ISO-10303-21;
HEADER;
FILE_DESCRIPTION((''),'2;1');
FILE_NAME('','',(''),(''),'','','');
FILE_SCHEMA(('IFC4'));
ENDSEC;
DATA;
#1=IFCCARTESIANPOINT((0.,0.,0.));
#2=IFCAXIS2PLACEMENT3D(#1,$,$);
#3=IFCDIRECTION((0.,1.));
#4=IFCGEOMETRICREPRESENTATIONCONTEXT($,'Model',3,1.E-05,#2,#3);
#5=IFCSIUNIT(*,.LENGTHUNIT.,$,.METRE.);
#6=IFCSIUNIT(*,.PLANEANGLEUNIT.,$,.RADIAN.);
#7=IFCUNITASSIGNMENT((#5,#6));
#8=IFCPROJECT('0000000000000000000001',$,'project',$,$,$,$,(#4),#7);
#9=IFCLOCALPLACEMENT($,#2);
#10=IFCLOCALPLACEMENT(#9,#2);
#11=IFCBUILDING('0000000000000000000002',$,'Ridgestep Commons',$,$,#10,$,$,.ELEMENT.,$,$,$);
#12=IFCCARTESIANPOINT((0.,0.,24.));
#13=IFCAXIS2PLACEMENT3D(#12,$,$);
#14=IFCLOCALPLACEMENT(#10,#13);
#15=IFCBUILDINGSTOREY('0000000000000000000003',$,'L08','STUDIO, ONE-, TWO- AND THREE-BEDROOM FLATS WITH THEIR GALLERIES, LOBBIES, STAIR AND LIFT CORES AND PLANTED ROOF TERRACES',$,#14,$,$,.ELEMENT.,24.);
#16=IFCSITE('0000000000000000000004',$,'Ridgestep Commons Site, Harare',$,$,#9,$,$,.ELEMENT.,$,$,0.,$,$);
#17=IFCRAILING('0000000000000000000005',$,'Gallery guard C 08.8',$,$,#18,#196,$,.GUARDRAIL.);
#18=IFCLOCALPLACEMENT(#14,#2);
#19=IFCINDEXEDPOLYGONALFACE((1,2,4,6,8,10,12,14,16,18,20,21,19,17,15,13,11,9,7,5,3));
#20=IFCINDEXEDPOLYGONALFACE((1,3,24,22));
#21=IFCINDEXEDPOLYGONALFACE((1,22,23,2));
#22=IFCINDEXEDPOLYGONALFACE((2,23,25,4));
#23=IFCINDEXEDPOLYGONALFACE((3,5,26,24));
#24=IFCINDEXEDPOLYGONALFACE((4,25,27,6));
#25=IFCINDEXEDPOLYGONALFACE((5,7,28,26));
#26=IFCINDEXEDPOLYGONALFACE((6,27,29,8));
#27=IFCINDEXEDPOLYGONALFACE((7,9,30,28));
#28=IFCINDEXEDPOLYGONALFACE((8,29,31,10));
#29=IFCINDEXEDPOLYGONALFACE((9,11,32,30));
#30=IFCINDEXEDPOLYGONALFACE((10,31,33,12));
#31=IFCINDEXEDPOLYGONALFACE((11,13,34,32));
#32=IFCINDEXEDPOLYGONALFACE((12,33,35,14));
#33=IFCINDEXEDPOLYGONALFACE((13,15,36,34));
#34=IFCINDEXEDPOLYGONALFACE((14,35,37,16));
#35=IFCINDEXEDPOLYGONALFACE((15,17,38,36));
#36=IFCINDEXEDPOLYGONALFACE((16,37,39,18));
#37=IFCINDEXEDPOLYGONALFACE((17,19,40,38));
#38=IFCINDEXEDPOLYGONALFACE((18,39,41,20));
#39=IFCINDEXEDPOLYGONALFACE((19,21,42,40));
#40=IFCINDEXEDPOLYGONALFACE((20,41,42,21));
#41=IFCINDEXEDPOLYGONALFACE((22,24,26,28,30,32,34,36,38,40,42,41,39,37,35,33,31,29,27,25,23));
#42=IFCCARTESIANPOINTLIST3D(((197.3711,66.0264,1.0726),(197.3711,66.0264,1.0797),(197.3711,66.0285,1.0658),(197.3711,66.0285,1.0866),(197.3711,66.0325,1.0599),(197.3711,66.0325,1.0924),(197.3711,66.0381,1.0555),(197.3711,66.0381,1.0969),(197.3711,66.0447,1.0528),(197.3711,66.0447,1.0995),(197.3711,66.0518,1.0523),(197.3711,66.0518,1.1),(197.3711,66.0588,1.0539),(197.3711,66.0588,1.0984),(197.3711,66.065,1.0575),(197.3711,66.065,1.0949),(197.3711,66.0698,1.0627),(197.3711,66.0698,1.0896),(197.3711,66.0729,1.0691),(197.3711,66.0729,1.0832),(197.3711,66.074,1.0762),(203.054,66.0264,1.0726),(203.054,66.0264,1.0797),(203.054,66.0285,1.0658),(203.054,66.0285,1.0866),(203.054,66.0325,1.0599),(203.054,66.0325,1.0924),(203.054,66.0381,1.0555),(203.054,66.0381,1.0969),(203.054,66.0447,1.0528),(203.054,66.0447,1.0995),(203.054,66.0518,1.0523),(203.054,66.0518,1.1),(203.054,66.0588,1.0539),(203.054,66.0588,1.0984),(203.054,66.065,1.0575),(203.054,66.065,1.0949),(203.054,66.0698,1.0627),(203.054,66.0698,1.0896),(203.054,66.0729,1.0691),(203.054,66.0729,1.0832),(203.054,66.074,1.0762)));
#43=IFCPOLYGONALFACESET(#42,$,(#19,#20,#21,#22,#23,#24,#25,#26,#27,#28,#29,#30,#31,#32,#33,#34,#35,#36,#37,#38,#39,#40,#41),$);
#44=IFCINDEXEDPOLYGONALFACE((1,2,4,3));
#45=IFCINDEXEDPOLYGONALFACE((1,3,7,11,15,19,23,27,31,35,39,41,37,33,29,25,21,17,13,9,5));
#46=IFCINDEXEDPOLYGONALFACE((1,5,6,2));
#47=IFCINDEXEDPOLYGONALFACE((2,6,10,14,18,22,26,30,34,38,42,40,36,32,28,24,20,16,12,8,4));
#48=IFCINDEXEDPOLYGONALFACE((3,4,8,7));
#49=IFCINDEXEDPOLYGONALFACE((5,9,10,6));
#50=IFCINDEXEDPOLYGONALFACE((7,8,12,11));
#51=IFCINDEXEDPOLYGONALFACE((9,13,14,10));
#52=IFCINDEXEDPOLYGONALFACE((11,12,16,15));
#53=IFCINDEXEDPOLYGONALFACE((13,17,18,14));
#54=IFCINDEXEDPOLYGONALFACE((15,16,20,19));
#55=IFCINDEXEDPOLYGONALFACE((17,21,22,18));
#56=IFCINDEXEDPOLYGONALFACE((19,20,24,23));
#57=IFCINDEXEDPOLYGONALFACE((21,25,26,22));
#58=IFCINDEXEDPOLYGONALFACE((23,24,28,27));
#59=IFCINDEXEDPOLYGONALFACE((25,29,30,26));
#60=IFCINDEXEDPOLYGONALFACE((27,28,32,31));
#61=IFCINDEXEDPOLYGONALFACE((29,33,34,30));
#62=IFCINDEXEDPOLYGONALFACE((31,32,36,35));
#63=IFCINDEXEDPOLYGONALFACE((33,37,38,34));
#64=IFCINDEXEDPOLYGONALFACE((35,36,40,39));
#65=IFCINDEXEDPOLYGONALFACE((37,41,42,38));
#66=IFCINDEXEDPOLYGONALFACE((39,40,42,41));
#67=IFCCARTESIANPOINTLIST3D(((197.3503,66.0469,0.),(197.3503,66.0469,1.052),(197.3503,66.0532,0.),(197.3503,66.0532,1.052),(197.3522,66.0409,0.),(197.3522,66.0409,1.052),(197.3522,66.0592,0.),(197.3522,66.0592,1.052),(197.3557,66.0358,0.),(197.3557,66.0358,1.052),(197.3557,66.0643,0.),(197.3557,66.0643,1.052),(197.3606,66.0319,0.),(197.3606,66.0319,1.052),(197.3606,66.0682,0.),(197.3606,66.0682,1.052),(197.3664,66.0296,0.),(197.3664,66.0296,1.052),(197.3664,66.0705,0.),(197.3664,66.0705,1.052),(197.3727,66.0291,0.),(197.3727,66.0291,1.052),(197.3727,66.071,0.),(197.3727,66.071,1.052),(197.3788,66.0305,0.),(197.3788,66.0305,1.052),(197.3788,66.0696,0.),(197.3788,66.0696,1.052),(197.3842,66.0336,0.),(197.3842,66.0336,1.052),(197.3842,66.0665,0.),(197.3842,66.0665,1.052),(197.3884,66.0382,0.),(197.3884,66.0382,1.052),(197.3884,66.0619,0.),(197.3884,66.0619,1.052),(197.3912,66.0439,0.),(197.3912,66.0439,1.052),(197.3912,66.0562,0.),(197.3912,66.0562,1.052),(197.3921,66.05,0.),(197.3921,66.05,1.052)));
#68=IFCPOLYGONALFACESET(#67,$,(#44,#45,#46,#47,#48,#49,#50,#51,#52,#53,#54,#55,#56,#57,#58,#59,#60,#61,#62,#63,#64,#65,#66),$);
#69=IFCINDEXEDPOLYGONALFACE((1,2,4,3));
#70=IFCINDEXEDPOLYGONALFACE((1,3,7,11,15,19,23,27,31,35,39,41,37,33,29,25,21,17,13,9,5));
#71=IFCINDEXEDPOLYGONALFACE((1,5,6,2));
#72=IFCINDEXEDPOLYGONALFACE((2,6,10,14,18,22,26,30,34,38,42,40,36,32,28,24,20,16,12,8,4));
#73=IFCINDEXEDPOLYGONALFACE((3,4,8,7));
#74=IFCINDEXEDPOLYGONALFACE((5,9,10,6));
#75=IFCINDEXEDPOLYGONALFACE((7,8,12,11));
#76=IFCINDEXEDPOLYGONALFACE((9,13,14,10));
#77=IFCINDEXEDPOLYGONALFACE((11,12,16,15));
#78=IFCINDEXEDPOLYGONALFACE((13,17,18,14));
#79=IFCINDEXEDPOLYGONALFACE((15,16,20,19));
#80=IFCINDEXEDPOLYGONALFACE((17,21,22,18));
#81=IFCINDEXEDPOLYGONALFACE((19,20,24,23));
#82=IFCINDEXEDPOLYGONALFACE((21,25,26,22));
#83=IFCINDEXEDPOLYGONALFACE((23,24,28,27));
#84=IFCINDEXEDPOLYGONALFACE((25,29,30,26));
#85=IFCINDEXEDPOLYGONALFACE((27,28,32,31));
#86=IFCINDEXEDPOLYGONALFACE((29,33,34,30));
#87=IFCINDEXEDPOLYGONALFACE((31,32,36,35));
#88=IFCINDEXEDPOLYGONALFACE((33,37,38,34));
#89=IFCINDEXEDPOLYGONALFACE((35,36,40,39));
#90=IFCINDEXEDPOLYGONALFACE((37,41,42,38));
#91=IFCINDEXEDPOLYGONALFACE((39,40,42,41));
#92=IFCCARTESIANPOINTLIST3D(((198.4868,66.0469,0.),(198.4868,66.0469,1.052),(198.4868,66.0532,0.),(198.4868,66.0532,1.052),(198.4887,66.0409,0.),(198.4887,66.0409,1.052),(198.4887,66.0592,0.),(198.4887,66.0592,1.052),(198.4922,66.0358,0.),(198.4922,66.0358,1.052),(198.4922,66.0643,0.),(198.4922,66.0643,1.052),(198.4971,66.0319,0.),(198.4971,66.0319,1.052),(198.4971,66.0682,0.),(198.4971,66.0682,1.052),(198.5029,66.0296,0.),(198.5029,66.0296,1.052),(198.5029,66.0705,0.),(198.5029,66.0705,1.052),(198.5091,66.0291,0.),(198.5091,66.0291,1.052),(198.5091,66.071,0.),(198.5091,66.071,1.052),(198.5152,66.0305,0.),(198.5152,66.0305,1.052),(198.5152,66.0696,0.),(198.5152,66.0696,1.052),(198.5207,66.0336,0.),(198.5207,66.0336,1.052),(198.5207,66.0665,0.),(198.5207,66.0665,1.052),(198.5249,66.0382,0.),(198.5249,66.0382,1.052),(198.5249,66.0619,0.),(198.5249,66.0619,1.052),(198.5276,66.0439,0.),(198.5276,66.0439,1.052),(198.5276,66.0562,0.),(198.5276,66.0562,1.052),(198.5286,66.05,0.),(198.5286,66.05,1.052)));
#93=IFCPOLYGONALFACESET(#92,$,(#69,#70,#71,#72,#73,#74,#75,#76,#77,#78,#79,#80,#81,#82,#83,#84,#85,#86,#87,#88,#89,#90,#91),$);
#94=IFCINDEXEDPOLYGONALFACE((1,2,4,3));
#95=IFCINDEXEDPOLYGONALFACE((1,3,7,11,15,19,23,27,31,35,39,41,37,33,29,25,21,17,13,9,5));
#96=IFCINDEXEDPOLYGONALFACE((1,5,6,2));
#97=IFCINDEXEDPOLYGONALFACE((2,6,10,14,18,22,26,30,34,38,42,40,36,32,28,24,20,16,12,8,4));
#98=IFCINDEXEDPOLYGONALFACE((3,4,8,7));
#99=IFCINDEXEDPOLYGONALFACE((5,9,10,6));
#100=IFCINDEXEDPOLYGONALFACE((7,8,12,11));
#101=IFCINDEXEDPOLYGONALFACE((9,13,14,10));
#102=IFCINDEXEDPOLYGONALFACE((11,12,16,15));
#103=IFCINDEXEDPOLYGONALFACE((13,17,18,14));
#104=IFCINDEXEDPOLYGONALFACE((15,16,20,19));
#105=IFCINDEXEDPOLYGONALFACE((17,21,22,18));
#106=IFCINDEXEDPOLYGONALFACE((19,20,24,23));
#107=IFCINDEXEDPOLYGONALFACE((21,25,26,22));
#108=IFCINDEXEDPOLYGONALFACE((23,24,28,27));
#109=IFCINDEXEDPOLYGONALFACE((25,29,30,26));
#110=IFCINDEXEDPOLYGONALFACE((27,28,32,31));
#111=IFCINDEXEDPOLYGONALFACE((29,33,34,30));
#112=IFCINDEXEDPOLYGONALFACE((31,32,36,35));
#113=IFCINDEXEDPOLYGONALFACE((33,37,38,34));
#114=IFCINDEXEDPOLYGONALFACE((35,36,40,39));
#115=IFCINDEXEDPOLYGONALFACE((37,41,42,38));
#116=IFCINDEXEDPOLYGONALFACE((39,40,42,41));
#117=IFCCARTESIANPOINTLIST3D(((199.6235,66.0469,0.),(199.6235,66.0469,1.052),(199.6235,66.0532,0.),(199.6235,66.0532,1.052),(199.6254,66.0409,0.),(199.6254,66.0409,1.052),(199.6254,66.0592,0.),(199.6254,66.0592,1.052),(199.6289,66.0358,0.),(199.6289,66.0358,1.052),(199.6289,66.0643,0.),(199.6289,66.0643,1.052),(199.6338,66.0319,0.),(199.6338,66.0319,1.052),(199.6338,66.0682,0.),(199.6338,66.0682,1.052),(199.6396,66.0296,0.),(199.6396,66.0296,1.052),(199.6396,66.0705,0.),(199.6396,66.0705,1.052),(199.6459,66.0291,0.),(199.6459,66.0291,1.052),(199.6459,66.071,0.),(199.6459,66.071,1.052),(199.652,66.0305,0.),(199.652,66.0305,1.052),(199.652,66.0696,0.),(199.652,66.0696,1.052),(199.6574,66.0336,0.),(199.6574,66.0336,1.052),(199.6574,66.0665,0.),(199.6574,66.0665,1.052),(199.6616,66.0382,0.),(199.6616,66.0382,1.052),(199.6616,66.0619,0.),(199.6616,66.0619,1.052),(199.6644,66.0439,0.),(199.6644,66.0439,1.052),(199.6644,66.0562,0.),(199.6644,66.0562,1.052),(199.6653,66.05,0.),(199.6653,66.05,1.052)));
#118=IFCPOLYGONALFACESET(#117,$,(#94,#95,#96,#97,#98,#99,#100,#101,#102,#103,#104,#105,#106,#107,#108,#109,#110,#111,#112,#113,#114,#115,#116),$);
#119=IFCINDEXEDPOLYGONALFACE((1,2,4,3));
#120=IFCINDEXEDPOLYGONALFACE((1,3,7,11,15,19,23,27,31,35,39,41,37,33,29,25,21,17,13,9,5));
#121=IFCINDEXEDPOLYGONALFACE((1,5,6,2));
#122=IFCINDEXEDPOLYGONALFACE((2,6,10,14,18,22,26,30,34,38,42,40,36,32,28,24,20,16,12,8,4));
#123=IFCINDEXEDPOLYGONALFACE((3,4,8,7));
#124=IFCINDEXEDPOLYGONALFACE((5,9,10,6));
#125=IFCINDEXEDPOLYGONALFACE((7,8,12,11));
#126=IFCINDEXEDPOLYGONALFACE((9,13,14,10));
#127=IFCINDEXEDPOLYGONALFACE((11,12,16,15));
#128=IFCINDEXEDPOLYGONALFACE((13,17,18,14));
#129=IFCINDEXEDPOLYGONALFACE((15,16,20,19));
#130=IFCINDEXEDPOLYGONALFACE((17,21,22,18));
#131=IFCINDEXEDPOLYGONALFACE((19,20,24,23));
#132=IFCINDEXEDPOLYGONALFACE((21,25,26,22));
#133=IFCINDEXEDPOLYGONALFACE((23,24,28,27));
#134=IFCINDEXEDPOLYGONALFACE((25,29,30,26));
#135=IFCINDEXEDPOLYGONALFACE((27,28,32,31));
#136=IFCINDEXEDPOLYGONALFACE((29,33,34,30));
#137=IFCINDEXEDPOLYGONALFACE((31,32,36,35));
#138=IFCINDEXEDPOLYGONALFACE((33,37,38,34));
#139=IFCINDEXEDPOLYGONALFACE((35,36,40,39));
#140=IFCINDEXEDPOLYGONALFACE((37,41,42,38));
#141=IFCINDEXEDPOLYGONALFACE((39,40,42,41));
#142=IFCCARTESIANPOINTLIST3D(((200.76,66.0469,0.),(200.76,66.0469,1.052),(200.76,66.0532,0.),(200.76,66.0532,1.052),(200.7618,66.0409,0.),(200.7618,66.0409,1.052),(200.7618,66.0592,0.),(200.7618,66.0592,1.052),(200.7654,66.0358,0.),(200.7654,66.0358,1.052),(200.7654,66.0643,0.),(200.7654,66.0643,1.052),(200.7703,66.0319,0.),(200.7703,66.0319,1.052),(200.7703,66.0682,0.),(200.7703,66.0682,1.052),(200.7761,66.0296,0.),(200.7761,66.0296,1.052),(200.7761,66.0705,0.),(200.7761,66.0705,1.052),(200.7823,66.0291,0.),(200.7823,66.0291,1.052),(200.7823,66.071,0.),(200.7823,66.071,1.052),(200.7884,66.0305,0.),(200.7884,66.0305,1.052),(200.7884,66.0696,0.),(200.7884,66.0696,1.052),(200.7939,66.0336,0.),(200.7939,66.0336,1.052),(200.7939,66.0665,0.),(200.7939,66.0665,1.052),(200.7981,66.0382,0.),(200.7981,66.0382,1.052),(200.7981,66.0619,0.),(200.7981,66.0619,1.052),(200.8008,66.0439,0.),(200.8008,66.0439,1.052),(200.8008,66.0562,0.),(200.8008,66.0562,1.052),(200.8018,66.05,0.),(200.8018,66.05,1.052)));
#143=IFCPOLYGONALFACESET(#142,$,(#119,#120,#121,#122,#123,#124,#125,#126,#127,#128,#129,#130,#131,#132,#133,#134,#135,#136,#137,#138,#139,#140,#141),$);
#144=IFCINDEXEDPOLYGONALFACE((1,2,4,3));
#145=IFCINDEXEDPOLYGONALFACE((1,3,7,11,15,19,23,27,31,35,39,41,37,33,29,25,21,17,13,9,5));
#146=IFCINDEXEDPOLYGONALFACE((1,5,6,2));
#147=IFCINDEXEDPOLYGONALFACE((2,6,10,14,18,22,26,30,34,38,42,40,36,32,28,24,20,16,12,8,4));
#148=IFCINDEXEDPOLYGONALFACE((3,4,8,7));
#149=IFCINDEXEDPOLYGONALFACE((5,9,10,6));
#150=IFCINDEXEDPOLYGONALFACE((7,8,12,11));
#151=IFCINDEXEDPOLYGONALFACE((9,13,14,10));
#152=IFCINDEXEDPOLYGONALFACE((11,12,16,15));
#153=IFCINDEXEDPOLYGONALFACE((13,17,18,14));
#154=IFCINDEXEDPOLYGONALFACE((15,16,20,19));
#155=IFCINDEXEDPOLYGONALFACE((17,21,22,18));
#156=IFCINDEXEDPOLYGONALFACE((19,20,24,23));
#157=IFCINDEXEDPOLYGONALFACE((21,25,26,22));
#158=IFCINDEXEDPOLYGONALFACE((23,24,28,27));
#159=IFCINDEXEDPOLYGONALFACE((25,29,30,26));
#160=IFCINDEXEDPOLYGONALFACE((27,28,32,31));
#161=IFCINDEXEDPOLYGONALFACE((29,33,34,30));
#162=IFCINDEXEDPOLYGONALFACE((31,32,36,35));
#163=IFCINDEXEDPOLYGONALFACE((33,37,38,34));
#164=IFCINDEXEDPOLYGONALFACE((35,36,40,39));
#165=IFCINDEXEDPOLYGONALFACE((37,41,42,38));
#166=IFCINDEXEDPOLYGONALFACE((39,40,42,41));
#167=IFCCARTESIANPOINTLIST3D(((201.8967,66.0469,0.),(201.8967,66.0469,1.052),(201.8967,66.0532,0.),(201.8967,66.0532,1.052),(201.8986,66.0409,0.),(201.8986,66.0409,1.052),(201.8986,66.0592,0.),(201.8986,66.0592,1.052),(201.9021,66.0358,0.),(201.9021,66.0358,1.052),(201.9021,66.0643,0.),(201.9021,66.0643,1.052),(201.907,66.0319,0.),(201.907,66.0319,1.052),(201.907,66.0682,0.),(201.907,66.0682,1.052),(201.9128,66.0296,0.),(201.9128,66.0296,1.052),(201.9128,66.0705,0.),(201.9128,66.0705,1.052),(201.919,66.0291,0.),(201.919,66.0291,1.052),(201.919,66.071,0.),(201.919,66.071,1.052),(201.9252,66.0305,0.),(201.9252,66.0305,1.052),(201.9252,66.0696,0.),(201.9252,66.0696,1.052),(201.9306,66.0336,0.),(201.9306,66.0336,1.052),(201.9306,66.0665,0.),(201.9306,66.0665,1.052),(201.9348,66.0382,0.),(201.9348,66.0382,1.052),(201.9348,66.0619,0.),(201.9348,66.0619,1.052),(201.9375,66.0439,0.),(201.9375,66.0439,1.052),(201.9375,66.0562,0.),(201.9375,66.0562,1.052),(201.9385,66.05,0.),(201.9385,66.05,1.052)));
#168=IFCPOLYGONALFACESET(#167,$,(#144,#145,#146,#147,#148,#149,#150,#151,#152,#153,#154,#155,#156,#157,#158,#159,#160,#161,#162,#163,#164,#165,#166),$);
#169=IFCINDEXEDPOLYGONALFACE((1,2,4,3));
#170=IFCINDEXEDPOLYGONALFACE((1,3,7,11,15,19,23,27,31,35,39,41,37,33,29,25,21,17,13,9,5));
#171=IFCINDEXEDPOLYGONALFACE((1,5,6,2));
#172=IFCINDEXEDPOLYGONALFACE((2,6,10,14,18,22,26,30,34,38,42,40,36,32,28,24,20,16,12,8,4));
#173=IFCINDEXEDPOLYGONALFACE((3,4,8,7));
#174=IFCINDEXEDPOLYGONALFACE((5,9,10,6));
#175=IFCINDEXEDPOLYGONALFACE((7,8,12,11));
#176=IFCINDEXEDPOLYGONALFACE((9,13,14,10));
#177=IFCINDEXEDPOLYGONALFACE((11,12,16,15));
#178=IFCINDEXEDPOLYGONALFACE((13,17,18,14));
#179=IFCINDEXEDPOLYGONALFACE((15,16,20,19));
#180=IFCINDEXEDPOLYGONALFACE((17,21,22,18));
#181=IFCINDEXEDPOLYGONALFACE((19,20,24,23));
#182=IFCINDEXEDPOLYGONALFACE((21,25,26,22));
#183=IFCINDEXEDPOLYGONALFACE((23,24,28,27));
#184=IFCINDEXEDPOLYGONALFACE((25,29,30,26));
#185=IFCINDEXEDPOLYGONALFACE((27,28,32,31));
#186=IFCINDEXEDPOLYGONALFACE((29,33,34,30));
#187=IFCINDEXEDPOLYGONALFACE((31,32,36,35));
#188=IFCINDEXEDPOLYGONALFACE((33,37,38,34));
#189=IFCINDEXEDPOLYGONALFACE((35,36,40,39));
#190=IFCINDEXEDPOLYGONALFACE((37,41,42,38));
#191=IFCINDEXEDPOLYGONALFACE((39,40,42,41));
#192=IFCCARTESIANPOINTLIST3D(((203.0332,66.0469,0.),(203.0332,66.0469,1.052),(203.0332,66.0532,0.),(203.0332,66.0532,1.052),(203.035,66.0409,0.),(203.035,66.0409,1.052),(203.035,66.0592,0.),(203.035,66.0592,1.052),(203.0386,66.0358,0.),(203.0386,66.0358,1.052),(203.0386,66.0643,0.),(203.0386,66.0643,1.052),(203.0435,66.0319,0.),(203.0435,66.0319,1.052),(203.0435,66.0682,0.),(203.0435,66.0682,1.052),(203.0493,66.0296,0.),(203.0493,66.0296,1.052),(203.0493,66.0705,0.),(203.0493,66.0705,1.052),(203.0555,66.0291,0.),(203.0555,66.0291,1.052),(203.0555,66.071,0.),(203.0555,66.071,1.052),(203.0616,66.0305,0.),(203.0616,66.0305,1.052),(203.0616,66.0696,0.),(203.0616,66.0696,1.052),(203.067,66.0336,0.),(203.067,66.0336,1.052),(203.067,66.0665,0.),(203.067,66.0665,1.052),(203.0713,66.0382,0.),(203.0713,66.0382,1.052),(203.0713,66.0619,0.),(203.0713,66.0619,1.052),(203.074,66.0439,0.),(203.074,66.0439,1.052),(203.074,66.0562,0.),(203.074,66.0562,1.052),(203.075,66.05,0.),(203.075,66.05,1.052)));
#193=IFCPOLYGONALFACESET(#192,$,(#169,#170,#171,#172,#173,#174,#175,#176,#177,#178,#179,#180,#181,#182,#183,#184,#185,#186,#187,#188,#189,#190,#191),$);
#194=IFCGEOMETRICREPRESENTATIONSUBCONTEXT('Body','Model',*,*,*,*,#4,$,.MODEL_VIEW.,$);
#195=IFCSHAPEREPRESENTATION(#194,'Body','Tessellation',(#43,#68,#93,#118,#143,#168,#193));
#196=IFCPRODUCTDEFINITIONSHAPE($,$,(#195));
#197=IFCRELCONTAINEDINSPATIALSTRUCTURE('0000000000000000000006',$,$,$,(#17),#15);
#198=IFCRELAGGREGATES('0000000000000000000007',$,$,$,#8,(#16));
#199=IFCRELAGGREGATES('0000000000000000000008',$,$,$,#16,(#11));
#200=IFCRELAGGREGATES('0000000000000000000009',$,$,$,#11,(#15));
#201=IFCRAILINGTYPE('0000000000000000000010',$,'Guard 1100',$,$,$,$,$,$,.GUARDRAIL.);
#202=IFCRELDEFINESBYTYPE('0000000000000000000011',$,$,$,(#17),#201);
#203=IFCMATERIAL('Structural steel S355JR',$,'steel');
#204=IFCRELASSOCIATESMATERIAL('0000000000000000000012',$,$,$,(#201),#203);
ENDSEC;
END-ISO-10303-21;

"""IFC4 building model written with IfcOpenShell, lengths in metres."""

from ifc_helpers import new_model, si_unit, direction, frame, origin, origin_2d, place, context, subcontext, project, spatial, circle, extrude, material, type_object, element, save


model = new_model("IFC4")

# Units and contexts
model_context = context("Model", 3, precision=1e-05, world=origin(), true_north=direction((0.0, 1.0)))
body_context = subcontext(model_context, "Body", "Model", "MODEL_VIEW")
ifc_project = project(units=[si_unit("LENGTHUNIT", "METRE"), si_unit("PLANEANGLEUNIT", "RADIAN")], contexts=[model_context])

# Site, building, storey
site_placement = place(None, origin())
site = spatial("IfcSite", under=ifc_project, at=site_placement, Name="Ridgestep Commons Site, Harare", CompositionType="ELEMENT", RefElevation=0.0)
building_placement = place(site_placement, origin())
building = spatial("IfcBuilding", under=site, at=building_placement, Name="Ridgestep Commons", CompositionType="ELEMENT")
storey_placement = place(building_placement, frame((0.0, 0.0, 24.0)))
storey = spatial("IfcBuildingStorey", under=building, at=storey_placement, Name="L08", Description="STUDIO, ONE-, TWO- AND THREE-BEDROOM FLATS WITH THEIR GALLERIES, LOBBIES, STAIR AND LIFT CORES AND PLANTED ROOF TERRACES", CompositionType="ELEMENT", Elevation=24.0)

# Railing
ifc_material_1 = material(Name="Structural steel S355JR", Category="steel")
railing_type_1 = type_object("IfcRailingType", Name="Guard 1100", PredefinedType="GUARDRAIL", material=ifc_material_1)
railing_1_placement = place(storey_placement, frame((197.3711, 66.05, 0.0)))
element("IfcRailing", 1, at=railing_1_placement, inside=storey, type_object=railing_type_1, Name="Gallery guard C 08.8", PredefinedType="GUARDRAIL", context=body_context, shape_type="SweptSolid", body=[
    extrude(circle(Radius=0.0239, at=origin_2d()), frame((0.0, 0.0, 1.0762), z_axis=(1.0, 0.0, 0.0), x_axis=(0.0, 1.0, 0.0)), (0.0, 0.0, 1.0), 5.6829),
    extrude(circle(Radius=0.021, at=origin_2d()), origin(), (0.0, 0.0, 1.0), 1.052),
    extrude(circle(Radius=0.021, at=origin_2d()), frame((1.1365, 0.0, 0.0)), (0.0, 0.0, 1.0), 1.052),
    extrude(circle(Radius=0.021, at=origin_2d()), frame((2.2732, 0.0, 0.0)), (0.0, 0.0, 1.0), 1.052),
    extrude(circle(Radius=0.021, at=origin_2d()), frame((3.4097, 0.0, 0.0)), (0.0, 0.0, 1.0), 1.052),
    extrude(circle(Radius=0.021, at=origin_2d()), frame((4.5464, 0.0, 0.0)), (0.0, 0.0, 1.0), 1.052),
    extrude(circle(Radius=0.021, at=origin_2d()), frame((5.6829, 0.0, 0.0)), (0.0, 0.0, 1.0), 1.052),
])

save(model, "model.ifc")
